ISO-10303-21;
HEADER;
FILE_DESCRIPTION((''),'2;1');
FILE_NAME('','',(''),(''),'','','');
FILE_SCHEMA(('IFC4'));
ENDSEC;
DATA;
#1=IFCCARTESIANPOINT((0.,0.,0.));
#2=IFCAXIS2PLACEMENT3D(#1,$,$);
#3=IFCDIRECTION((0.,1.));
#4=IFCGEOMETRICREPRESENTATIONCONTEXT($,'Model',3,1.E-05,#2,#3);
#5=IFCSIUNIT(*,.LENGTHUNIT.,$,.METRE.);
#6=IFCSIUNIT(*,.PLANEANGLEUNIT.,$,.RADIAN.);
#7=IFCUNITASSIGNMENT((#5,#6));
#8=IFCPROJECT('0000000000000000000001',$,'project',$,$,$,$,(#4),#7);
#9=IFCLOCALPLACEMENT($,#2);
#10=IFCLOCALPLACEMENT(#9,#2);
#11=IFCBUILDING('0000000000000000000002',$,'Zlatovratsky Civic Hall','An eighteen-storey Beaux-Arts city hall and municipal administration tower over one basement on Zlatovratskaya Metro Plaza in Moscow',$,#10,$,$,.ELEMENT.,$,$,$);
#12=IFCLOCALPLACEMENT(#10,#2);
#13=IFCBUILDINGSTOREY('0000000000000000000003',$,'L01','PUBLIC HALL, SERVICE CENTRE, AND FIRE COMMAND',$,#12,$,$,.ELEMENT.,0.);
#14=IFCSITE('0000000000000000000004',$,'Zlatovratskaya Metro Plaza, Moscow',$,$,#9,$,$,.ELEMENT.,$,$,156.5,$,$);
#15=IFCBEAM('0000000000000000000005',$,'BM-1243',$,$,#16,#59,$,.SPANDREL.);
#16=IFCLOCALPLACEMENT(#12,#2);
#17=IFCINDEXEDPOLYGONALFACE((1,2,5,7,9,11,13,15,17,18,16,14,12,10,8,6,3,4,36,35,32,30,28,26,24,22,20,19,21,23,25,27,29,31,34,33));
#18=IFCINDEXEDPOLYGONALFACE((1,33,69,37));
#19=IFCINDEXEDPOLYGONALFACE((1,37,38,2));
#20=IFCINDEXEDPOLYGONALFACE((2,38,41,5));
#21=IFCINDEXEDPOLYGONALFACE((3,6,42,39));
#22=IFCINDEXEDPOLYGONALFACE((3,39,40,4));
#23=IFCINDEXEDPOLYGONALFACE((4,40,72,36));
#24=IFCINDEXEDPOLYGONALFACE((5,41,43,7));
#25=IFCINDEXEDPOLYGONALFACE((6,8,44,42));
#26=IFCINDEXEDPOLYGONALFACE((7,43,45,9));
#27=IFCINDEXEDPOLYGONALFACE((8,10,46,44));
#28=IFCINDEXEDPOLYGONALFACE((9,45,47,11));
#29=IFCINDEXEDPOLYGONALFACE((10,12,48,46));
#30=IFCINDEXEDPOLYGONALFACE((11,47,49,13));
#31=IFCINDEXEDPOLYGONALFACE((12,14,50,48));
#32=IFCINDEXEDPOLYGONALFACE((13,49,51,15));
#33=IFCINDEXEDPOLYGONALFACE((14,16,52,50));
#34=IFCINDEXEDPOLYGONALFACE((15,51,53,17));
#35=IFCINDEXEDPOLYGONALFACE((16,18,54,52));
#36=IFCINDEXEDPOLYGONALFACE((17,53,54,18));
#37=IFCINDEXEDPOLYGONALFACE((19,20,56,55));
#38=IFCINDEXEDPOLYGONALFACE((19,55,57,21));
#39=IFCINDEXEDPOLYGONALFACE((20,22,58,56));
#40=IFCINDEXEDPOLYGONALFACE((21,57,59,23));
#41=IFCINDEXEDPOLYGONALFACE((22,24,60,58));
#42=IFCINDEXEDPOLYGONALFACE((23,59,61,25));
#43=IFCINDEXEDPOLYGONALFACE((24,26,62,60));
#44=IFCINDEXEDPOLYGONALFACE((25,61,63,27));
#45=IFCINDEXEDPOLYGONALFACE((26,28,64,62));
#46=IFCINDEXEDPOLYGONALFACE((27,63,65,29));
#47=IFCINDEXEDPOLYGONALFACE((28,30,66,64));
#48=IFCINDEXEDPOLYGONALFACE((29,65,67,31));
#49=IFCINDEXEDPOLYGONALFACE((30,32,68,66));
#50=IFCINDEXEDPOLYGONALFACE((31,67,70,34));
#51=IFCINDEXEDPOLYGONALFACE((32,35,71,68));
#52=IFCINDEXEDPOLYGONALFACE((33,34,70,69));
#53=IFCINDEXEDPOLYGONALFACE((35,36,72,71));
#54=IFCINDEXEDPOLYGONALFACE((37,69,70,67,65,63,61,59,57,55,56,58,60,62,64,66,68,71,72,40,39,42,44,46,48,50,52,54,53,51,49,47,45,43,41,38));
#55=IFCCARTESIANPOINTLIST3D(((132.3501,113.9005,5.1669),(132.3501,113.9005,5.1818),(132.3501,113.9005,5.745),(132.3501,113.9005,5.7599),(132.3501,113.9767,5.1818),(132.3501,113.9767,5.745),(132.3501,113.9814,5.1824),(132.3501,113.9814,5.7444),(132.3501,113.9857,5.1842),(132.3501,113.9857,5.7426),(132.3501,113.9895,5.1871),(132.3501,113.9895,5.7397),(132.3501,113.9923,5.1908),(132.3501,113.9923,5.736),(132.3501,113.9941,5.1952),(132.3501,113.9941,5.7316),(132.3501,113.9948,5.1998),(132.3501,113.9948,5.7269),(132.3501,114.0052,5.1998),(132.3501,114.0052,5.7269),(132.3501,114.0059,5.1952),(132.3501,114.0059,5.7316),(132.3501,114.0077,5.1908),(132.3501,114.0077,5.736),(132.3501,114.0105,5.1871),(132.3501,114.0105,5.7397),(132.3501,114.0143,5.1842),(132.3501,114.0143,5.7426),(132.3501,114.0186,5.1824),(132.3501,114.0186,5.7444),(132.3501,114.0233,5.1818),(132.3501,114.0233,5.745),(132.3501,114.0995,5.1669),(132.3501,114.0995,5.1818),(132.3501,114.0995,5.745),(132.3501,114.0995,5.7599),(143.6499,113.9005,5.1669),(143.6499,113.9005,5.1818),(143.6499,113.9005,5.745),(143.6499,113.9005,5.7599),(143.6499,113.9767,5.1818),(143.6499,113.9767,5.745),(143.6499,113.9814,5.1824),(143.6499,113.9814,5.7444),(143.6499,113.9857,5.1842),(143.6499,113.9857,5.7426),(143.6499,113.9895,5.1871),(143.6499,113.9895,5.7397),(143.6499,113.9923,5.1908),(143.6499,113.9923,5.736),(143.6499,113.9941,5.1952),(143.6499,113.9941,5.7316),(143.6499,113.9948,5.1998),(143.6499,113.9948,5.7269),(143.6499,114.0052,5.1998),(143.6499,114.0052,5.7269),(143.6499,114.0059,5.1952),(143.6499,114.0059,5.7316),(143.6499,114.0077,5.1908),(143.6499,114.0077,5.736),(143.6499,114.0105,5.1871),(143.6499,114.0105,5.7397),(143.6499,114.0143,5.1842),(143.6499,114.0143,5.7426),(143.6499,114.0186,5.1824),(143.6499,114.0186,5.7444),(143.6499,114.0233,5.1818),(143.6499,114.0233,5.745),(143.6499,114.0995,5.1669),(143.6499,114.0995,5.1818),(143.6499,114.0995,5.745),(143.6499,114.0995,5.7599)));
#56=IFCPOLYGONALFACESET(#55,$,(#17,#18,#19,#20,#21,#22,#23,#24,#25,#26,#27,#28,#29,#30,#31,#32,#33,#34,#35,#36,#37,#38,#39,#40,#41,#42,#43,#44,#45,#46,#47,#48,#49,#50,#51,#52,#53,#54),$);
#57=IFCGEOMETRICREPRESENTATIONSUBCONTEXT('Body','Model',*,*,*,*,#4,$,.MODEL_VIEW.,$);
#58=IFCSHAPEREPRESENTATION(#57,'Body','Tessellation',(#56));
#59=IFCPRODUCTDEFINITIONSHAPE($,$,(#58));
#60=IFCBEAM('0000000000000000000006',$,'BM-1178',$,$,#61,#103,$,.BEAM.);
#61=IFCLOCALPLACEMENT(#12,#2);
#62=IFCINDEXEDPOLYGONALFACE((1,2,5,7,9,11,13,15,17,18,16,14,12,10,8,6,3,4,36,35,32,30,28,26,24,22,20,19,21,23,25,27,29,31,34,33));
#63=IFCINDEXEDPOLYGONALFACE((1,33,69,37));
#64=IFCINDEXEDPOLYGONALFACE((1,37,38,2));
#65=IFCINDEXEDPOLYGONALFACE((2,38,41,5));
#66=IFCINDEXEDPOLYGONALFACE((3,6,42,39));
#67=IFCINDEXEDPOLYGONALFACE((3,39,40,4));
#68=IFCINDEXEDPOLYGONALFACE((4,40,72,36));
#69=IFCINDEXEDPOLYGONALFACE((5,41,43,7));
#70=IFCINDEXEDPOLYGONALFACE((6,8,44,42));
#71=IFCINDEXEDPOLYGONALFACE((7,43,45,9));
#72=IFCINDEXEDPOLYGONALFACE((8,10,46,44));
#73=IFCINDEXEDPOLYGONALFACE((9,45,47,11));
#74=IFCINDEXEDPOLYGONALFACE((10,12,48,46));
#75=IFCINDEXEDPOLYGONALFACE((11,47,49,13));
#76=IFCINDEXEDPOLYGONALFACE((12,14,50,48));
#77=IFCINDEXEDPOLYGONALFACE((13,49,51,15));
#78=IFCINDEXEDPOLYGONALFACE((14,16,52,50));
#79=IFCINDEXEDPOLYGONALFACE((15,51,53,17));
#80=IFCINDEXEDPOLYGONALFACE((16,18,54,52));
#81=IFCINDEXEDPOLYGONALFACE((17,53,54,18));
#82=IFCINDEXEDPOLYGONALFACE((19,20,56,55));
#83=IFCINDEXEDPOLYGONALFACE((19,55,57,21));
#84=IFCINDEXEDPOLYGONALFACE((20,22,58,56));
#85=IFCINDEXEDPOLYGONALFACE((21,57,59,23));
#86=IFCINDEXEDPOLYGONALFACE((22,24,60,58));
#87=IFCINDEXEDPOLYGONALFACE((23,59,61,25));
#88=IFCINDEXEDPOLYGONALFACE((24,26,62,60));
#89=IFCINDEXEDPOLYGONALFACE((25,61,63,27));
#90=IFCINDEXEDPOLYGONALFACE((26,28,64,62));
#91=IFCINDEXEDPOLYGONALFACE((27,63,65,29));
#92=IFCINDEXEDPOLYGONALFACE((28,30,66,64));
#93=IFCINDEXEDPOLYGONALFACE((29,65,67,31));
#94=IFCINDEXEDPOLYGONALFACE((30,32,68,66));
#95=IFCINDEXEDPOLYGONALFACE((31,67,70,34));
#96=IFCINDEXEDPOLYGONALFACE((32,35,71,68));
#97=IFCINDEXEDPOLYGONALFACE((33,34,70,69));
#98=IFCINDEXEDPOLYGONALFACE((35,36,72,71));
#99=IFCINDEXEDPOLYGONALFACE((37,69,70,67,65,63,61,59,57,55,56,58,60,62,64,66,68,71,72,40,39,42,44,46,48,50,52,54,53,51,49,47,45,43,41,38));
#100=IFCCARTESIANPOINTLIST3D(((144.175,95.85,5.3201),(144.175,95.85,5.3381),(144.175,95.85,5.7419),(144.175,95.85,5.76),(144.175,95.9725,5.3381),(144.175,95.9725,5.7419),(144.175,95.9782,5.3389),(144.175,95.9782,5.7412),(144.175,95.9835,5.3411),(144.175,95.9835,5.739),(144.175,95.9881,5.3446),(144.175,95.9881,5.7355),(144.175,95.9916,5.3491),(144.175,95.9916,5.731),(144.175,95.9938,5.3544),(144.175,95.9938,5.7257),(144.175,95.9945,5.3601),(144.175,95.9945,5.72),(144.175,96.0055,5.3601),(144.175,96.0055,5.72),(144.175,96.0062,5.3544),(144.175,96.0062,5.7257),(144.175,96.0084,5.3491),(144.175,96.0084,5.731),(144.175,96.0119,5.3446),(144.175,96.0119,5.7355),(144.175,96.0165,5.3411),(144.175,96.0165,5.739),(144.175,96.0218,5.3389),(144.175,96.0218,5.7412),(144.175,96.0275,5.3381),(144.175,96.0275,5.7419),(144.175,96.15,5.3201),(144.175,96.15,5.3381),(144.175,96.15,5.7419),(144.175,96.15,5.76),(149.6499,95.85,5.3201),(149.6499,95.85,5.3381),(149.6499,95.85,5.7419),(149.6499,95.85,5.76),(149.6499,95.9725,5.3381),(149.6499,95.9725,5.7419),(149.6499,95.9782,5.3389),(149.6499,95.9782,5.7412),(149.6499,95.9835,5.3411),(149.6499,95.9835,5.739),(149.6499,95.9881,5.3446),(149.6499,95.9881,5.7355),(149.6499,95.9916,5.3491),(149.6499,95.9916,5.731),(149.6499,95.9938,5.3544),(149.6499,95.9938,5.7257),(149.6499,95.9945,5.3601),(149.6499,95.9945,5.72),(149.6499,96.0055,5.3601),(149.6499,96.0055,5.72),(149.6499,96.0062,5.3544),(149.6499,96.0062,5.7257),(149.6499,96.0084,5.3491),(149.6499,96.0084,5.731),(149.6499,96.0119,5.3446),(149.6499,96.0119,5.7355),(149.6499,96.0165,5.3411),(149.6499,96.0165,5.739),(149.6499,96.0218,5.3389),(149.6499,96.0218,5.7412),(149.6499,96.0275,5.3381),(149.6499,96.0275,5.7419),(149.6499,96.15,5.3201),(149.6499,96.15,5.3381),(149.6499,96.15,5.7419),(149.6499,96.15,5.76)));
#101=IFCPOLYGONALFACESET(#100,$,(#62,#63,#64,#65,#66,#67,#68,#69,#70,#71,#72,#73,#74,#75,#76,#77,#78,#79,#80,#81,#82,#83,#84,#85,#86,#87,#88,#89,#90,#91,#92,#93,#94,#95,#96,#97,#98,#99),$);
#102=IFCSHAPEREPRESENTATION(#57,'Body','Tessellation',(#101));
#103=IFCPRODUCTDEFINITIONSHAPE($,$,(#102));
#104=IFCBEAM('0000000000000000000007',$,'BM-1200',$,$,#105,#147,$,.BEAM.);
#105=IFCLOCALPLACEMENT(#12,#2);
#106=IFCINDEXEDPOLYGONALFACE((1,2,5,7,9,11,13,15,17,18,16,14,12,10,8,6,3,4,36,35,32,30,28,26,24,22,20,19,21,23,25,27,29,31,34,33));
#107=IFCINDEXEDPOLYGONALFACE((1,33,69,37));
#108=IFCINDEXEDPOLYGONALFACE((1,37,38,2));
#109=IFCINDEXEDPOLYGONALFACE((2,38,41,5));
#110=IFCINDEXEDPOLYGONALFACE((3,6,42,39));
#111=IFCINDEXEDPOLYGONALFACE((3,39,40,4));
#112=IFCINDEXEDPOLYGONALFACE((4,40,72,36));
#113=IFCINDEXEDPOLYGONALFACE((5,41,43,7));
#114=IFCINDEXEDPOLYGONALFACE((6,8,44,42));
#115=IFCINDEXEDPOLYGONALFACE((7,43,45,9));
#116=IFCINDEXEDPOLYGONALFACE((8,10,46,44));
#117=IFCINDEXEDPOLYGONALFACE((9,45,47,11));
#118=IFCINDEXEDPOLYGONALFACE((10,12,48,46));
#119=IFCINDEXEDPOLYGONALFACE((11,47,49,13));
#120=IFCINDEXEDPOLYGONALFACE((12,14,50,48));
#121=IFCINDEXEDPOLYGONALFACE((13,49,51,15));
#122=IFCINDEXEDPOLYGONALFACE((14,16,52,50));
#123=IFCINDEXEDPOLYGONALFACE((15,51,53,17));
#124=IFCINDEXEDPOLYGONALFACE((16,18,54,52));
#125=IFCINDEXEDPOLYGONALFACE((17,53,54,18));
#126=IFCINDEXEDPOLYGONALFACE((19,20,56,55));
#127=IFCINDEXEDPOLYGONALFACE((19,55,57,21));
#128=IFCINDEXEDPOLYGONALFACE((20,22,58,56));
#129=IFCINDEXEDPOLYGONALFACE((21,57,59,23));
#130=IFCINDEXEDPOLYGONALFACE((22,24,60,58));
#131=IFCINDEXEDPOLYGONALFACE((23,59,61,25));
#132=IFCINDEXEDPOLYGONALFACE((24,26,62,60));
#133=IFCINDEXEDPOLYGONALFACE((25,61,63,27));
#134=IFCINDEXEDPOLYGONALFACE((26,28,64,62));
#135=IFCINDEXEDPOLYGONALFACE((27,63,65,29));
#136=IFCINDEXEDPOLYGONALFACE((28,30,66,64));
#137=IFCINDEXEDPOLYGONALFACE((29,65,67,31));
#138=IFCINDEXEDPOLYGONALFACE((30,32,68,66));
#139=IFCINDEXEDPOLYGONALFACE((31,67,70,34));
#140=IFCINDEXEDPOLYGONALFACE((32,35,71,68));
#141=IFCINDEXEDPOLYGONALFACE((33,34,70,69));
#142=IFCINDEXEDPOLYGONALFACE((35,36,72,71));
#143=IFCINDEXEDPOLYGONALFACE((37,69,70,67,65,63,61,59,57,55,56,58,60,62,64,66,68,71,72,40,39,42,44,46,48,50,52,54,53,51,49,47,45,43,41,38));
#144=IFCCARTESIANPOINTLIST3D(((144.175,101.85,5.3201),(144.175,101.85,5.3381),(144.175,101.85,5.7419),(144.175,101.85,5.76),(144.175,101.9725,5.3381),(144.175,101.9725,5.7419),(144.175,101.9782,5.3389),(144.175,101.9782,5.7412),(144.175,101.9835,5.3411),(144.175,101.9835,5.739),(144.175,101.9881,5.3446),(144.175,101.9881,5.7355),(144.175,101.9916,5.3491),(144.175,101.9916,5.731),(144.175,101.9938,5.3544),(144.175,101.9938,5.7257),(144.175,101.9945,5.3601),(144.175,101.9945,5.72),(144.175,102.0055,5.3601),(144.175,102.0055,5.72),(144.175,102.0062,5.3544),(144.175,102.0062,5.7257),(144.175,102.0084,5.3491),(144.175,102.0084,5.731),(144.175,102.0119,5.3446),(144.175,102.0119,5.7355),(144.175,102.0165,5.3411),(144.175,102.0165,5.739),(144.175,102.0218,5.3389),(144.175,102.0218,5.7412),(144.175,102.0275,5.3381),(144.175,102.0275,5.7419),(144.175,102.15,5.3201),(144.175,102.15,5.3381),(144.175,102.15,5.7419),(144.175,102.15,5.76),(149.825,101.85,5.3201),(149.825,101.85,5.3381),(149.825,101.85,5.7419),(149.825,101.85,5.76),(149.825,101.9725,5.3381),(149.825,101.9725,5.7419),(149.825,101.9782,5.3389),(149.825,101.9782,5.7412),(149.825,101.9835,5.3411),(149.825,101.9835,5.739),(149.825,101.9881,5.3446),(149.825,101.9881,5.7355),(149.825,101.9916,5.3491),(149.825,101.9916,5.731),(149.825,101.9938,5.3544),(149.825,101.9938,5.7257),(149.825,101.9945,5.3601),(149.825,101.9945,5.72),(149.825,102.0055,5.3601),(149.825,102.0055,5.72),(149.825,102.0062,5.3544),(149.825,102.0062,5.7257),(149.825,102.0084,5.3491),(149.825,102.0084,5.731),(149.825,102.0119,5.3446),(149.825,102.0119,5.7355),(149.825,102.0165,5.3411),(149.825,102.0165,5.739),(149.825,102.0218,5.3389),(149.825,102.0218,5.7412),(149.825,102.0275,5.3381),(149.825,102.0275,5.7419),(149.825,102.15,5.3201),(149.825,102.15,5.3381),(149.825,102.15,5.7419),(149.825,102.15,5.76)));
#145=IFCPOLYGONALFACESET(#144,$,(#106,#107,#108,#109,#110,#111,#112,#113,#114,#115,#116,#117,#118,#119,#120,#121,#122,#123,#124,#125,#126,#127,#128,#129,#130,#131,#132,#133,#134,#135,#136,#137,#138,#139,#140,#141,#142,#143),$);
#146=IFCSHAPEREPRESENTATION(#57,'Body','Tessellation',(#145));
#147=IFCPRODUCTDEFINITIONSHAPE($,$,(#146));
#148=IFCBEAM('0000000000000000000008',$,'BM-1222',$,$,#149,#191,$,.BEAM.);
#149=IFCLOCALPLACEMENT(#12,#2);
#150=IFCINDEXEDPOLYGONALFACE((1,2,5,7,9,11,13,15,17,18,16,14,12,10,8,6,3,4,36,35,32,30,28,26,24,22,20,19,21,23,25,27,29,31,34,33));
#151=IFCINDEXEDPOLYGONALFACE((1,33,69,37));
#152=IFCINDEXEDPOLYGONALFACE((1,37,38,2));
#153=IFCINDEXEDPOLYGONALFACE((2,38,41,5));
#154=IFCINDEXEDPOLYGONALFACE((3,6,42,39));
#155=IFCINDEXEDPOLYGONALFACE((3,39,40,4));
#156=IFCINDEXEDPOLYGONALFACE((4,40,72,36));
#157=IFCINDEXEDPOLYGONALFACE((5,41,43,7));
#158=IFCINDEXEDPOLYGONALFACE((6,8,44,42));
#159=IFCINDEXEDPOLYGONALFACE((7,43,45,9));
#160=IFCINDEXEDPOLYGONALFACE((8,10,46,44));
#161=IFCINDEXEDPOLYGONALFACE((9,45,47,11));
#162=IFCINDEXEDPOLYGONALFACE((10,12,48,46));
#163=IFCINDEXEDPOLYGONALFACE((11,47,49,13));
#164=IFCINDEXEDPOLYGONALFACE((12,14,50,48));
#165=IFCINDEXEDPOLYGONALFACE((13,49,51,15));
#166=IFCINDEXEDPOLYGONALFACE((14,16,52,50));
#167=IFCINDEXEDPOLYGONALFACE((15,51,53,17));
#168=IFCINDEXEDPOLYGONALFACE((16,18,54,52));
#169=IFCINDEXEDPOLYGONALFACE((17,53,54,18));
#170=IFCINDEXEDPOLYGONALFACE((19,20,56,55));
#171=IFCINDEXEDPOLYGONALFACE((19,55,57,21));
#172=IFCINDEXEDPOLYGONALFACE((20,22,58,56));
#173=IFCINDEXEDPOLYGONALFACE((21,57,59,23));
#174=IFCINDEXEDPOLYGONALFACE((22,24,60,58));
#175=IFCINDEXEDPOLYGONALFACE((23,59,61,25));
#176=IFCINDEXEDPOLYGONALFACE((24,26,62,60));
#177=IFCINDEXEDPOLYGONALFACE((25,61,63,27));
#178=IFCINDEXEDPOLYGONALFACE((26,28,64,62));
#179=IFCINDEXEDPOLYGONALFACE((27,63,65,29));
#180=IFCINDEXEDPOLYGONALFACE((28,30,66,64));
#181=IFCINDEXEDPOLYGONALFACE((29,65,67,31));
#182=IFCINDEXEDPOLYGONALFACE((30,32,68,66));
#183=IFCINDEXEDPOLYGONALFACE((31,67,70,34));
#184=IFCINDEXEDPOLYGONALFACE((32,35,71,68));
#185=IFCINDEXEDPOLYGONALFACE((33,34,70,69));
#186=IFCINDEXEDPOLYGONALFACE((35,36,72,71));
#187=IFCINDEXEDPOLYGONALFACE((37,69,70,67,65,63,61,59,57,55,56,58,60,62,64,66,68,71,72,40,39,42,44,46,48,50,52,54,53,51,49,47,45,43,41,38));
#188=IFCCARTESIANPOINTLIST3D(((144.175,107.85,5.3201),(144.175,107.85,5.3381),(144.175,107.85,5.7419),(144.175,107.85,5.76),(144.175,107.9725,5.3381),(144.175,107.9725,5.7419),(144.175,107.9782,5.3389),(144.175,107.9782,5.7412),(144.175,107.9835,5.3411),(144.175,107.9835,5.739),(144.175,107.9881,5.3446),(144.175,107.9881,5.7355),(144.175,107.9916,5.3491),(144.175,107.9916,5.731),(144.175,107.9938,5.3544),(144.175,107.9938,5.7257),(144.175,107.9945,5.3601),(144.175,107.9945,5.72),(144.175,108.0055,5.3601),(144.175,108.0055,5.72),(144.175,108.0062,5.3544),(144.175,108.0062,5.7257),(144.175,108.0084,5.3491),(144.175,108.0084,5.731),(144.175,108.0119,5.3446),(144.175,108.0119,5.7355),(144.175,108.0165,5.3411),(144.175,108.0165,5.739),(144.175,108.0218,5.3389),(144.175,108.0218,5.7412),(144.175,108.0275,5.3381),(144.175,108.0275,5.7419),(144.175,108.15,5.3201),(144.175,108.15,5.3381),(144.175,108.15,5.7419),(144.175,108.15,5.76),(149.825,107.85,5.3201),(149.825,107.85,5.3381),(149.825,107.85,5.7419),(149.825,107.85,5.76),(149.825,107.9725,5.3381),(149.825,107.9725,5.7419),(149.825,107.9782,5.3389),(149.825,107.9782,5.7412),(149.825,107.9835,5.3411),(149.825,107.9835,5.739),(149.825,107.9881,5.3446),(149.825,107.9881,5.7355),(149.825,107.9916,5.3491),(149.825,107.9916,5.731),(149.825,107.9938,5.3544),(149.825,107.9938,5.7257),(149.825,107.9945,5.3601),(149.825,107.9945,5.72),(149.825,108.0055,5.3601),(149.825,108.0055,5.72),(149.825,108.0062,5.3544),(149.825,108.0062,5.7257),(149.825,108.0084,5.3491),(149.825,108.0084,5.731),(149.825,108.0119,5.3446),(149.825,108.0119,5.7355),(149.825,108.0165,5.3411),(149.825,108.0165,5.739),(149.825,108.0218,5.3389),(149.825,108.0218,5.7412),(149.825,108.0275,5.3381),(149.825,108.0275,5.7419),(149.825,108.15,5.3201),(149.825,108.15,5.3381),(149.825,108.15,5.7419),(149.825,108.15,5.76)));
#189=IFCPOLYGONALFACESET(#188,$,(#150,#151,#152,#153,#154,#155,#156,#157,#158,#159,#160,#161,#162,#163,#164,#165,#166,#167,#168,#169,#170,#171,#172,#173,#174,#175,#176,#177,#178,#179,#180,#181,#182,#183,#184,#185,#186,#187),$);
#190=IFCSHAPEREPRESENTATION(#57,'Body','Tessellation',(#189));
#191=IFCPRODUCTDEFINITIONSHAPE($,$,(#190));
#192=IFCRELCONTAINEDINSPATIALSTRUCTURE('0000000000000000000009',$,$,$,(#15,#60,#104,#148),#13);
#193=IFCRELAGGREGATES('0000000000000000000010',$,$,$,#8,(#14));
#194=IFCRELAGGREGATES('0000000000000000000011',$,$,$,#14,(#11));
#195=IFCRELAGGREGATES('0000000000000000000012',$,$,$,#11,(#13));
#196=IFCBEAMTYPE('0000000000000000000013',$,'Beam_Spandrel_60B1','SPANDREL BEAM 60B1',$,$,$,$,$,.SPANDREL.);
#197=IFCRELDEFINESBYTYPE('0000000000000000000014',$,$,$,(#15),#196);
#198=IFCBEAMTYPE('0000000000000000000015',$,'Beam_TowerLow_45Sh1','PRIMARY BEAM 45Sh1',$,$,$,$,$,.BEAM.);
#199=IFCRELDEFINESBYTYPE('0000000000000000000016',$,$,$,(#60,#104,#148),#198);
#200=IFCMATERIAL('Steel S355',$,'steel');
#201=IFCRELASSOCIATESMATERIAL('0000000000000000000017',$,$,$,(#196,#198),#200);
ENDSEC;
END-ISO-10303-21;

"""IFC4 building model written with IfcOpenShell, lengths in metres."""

from ifc_helpers import new_model, si_unit, direction, frame, origin, origin_2d, place, context, subcontext, project, spatial, i_section, extrude, material, material_profile, profile_set, type_object, element, save


model = new_model("IFC4")

# Units and contexts
model_context = context("Model", 3, precision=1e-05, world=origin(), true_north=direction((0.0, 1.0)))
body_context = subcontext(model_context, "Body", "Model", "MODEL_VIEW")
ifc_project = project(units=[si_unit("LENGTHUNIT", "METRE"), si_unit("PLANEANGLEUNIT", "RADIAN")], contexts=[model_context])

# Site, building, storey
site_placement = place(None, origin())
site = spatial("IfcSite", under=ifc_project, at=site_placement, Name="Zlatovratskaya Metro Plaza, Moscow", CompositionType="ELEMENT", RefElevation=156.5)
building_placement = place(site_placement, origin())
building = spatial("IfcBuilding", under=site, at=building_placement, Name="Zlatovratsky Civic Hall", Description="An eighteen-storey Beaux-Arts city hall and municipal administration tower over one basement on Zlatovratskaya Metro Plaza in Moscow", CompositionType="ELEMENT")
storey_placement = place(building_placement, origin())
storey = spatial("IfcBuildingStorey", under=building, at=storey_placement, Name="L01", Description="PUBLIC HALL, SERVICE CENTRE, AND FIRE COMMAND", CompositionType="ELEMENT", Elevation=0.0)

# Shared definitions
ifc_material_1 = material(Name="Steel S355", Category="steel")

# Beams
ifc_material_profile_1 = material_profile(ifc_material_1, i_section(OverallWidth=0.199, OverallDepth=0.593, WebThickness=0.0105, FlangeThickness=0.0149, FilletRadius=0.0181, at=origin_2d()), Name="60B1")
ifc_profile_set_1 = profile_set([ifc_material_profile_1], Name="Steel S355")
beam_type_1 = type_object("IfcBeamType", Name="Beam_Spandrel_60B1", Description="SPANDREL BEAM 60B1", PredefinedType="SPANDREL", material=ifc_profile_set_1)
beam_1_placement = place(storey_placement, frame((132.3501, 114.0, 5.4634), z_axis=(1.0, 0.0, 0.0), x_axis=(0.0, 1.0, 0.0)))
element("IfcBeam", 1, at=beam_1_placement, inside=storey, type_object=beam_type_1, Name="BM-1243", PredefinedType="SPANDREL", context=body_context, shape_type="SweptSolid", body=[
    extrude(i_section(OverallWidth=0.199, OverallDepth=0.593, WebThickness=0.0105, FlangeThickness=0.0149, FilletRadius=0.0181, at=origin_2d()), origin(), (0.0, 0.0, 1.0), 11.2998),
])
ifc_material_profile_2 = material_profile(ifc_material_1, i_section(OverallWidth=0.3, OverallDepth=0.4399, WebThickness=0.011, FlangeThickness=0.0181, FilletRadius=0.022, at=origin_2d()), Name="45Sh1")
ifc_profile_set_2 = profile_set([ifc_material_profile_2], Name="Steel S355")
beam_type_2 = type_object("IfcBeamType", Name="Beam_TowerLow_45Sh1", Description="PRIMARY BEAM 45Sh1", PredefinedType="BEAM", material=ifc_profile_set_2)
beam_2_placement = place(storey_placement, frame((144.175, 96.0, 5.54), z_axis=(1.0, 0.0, 0.0), x_axis=(0.0, 1.0, 0.0)))
element("IfcBeam", 2, at=beam_2_placement, inside=storey, type_object=beam_type_2, Name="BM-1178", PredefinedType="BEAM", context=body_context, shape_type="SweptSolid", body=[
    extrude(i_section(OverallWidth=0.3, OverallDepth=0.4399, WebThickness=0.011, FlangeThickness=0.0181, FilletRadius=0.022, at=origin_2d()), origin(), (0.0, 0.0, 1.0), 5.4749),
])
for number, where, z_axis, x_axis, name in (
    (3, (144.175, 102.0, 5.54), (1.0, 0.0, 0.0), (0.0, 1.0, 0.0), "BM-1200"),
    (4, (144.175, 108.0, 5.54), (1.0, 0.0, 0.0), (0.0, 1.0, 0.0), "BM-1222"),
):
    element("IfcBeam", number, at=place(storey_placement, frame(where, z_axis=z_axis, x_axis=x_axis)), inside=storey, type_object=beam_type_2, Name=name, PredefinedType="BEAM", context=body_context, shape_type="SweptSolid", body=[
        extrude(i_section(OverallWidth=0.3, OverallDepth=0.4399, WebThickness=0.011, FlangeThickness=0.0181, FilletRadius=0.022, at=origin_2d()), origin(), (0.0, 0.0, 1.0), 5.6499),
    ])

save(model, "model.ifc")
